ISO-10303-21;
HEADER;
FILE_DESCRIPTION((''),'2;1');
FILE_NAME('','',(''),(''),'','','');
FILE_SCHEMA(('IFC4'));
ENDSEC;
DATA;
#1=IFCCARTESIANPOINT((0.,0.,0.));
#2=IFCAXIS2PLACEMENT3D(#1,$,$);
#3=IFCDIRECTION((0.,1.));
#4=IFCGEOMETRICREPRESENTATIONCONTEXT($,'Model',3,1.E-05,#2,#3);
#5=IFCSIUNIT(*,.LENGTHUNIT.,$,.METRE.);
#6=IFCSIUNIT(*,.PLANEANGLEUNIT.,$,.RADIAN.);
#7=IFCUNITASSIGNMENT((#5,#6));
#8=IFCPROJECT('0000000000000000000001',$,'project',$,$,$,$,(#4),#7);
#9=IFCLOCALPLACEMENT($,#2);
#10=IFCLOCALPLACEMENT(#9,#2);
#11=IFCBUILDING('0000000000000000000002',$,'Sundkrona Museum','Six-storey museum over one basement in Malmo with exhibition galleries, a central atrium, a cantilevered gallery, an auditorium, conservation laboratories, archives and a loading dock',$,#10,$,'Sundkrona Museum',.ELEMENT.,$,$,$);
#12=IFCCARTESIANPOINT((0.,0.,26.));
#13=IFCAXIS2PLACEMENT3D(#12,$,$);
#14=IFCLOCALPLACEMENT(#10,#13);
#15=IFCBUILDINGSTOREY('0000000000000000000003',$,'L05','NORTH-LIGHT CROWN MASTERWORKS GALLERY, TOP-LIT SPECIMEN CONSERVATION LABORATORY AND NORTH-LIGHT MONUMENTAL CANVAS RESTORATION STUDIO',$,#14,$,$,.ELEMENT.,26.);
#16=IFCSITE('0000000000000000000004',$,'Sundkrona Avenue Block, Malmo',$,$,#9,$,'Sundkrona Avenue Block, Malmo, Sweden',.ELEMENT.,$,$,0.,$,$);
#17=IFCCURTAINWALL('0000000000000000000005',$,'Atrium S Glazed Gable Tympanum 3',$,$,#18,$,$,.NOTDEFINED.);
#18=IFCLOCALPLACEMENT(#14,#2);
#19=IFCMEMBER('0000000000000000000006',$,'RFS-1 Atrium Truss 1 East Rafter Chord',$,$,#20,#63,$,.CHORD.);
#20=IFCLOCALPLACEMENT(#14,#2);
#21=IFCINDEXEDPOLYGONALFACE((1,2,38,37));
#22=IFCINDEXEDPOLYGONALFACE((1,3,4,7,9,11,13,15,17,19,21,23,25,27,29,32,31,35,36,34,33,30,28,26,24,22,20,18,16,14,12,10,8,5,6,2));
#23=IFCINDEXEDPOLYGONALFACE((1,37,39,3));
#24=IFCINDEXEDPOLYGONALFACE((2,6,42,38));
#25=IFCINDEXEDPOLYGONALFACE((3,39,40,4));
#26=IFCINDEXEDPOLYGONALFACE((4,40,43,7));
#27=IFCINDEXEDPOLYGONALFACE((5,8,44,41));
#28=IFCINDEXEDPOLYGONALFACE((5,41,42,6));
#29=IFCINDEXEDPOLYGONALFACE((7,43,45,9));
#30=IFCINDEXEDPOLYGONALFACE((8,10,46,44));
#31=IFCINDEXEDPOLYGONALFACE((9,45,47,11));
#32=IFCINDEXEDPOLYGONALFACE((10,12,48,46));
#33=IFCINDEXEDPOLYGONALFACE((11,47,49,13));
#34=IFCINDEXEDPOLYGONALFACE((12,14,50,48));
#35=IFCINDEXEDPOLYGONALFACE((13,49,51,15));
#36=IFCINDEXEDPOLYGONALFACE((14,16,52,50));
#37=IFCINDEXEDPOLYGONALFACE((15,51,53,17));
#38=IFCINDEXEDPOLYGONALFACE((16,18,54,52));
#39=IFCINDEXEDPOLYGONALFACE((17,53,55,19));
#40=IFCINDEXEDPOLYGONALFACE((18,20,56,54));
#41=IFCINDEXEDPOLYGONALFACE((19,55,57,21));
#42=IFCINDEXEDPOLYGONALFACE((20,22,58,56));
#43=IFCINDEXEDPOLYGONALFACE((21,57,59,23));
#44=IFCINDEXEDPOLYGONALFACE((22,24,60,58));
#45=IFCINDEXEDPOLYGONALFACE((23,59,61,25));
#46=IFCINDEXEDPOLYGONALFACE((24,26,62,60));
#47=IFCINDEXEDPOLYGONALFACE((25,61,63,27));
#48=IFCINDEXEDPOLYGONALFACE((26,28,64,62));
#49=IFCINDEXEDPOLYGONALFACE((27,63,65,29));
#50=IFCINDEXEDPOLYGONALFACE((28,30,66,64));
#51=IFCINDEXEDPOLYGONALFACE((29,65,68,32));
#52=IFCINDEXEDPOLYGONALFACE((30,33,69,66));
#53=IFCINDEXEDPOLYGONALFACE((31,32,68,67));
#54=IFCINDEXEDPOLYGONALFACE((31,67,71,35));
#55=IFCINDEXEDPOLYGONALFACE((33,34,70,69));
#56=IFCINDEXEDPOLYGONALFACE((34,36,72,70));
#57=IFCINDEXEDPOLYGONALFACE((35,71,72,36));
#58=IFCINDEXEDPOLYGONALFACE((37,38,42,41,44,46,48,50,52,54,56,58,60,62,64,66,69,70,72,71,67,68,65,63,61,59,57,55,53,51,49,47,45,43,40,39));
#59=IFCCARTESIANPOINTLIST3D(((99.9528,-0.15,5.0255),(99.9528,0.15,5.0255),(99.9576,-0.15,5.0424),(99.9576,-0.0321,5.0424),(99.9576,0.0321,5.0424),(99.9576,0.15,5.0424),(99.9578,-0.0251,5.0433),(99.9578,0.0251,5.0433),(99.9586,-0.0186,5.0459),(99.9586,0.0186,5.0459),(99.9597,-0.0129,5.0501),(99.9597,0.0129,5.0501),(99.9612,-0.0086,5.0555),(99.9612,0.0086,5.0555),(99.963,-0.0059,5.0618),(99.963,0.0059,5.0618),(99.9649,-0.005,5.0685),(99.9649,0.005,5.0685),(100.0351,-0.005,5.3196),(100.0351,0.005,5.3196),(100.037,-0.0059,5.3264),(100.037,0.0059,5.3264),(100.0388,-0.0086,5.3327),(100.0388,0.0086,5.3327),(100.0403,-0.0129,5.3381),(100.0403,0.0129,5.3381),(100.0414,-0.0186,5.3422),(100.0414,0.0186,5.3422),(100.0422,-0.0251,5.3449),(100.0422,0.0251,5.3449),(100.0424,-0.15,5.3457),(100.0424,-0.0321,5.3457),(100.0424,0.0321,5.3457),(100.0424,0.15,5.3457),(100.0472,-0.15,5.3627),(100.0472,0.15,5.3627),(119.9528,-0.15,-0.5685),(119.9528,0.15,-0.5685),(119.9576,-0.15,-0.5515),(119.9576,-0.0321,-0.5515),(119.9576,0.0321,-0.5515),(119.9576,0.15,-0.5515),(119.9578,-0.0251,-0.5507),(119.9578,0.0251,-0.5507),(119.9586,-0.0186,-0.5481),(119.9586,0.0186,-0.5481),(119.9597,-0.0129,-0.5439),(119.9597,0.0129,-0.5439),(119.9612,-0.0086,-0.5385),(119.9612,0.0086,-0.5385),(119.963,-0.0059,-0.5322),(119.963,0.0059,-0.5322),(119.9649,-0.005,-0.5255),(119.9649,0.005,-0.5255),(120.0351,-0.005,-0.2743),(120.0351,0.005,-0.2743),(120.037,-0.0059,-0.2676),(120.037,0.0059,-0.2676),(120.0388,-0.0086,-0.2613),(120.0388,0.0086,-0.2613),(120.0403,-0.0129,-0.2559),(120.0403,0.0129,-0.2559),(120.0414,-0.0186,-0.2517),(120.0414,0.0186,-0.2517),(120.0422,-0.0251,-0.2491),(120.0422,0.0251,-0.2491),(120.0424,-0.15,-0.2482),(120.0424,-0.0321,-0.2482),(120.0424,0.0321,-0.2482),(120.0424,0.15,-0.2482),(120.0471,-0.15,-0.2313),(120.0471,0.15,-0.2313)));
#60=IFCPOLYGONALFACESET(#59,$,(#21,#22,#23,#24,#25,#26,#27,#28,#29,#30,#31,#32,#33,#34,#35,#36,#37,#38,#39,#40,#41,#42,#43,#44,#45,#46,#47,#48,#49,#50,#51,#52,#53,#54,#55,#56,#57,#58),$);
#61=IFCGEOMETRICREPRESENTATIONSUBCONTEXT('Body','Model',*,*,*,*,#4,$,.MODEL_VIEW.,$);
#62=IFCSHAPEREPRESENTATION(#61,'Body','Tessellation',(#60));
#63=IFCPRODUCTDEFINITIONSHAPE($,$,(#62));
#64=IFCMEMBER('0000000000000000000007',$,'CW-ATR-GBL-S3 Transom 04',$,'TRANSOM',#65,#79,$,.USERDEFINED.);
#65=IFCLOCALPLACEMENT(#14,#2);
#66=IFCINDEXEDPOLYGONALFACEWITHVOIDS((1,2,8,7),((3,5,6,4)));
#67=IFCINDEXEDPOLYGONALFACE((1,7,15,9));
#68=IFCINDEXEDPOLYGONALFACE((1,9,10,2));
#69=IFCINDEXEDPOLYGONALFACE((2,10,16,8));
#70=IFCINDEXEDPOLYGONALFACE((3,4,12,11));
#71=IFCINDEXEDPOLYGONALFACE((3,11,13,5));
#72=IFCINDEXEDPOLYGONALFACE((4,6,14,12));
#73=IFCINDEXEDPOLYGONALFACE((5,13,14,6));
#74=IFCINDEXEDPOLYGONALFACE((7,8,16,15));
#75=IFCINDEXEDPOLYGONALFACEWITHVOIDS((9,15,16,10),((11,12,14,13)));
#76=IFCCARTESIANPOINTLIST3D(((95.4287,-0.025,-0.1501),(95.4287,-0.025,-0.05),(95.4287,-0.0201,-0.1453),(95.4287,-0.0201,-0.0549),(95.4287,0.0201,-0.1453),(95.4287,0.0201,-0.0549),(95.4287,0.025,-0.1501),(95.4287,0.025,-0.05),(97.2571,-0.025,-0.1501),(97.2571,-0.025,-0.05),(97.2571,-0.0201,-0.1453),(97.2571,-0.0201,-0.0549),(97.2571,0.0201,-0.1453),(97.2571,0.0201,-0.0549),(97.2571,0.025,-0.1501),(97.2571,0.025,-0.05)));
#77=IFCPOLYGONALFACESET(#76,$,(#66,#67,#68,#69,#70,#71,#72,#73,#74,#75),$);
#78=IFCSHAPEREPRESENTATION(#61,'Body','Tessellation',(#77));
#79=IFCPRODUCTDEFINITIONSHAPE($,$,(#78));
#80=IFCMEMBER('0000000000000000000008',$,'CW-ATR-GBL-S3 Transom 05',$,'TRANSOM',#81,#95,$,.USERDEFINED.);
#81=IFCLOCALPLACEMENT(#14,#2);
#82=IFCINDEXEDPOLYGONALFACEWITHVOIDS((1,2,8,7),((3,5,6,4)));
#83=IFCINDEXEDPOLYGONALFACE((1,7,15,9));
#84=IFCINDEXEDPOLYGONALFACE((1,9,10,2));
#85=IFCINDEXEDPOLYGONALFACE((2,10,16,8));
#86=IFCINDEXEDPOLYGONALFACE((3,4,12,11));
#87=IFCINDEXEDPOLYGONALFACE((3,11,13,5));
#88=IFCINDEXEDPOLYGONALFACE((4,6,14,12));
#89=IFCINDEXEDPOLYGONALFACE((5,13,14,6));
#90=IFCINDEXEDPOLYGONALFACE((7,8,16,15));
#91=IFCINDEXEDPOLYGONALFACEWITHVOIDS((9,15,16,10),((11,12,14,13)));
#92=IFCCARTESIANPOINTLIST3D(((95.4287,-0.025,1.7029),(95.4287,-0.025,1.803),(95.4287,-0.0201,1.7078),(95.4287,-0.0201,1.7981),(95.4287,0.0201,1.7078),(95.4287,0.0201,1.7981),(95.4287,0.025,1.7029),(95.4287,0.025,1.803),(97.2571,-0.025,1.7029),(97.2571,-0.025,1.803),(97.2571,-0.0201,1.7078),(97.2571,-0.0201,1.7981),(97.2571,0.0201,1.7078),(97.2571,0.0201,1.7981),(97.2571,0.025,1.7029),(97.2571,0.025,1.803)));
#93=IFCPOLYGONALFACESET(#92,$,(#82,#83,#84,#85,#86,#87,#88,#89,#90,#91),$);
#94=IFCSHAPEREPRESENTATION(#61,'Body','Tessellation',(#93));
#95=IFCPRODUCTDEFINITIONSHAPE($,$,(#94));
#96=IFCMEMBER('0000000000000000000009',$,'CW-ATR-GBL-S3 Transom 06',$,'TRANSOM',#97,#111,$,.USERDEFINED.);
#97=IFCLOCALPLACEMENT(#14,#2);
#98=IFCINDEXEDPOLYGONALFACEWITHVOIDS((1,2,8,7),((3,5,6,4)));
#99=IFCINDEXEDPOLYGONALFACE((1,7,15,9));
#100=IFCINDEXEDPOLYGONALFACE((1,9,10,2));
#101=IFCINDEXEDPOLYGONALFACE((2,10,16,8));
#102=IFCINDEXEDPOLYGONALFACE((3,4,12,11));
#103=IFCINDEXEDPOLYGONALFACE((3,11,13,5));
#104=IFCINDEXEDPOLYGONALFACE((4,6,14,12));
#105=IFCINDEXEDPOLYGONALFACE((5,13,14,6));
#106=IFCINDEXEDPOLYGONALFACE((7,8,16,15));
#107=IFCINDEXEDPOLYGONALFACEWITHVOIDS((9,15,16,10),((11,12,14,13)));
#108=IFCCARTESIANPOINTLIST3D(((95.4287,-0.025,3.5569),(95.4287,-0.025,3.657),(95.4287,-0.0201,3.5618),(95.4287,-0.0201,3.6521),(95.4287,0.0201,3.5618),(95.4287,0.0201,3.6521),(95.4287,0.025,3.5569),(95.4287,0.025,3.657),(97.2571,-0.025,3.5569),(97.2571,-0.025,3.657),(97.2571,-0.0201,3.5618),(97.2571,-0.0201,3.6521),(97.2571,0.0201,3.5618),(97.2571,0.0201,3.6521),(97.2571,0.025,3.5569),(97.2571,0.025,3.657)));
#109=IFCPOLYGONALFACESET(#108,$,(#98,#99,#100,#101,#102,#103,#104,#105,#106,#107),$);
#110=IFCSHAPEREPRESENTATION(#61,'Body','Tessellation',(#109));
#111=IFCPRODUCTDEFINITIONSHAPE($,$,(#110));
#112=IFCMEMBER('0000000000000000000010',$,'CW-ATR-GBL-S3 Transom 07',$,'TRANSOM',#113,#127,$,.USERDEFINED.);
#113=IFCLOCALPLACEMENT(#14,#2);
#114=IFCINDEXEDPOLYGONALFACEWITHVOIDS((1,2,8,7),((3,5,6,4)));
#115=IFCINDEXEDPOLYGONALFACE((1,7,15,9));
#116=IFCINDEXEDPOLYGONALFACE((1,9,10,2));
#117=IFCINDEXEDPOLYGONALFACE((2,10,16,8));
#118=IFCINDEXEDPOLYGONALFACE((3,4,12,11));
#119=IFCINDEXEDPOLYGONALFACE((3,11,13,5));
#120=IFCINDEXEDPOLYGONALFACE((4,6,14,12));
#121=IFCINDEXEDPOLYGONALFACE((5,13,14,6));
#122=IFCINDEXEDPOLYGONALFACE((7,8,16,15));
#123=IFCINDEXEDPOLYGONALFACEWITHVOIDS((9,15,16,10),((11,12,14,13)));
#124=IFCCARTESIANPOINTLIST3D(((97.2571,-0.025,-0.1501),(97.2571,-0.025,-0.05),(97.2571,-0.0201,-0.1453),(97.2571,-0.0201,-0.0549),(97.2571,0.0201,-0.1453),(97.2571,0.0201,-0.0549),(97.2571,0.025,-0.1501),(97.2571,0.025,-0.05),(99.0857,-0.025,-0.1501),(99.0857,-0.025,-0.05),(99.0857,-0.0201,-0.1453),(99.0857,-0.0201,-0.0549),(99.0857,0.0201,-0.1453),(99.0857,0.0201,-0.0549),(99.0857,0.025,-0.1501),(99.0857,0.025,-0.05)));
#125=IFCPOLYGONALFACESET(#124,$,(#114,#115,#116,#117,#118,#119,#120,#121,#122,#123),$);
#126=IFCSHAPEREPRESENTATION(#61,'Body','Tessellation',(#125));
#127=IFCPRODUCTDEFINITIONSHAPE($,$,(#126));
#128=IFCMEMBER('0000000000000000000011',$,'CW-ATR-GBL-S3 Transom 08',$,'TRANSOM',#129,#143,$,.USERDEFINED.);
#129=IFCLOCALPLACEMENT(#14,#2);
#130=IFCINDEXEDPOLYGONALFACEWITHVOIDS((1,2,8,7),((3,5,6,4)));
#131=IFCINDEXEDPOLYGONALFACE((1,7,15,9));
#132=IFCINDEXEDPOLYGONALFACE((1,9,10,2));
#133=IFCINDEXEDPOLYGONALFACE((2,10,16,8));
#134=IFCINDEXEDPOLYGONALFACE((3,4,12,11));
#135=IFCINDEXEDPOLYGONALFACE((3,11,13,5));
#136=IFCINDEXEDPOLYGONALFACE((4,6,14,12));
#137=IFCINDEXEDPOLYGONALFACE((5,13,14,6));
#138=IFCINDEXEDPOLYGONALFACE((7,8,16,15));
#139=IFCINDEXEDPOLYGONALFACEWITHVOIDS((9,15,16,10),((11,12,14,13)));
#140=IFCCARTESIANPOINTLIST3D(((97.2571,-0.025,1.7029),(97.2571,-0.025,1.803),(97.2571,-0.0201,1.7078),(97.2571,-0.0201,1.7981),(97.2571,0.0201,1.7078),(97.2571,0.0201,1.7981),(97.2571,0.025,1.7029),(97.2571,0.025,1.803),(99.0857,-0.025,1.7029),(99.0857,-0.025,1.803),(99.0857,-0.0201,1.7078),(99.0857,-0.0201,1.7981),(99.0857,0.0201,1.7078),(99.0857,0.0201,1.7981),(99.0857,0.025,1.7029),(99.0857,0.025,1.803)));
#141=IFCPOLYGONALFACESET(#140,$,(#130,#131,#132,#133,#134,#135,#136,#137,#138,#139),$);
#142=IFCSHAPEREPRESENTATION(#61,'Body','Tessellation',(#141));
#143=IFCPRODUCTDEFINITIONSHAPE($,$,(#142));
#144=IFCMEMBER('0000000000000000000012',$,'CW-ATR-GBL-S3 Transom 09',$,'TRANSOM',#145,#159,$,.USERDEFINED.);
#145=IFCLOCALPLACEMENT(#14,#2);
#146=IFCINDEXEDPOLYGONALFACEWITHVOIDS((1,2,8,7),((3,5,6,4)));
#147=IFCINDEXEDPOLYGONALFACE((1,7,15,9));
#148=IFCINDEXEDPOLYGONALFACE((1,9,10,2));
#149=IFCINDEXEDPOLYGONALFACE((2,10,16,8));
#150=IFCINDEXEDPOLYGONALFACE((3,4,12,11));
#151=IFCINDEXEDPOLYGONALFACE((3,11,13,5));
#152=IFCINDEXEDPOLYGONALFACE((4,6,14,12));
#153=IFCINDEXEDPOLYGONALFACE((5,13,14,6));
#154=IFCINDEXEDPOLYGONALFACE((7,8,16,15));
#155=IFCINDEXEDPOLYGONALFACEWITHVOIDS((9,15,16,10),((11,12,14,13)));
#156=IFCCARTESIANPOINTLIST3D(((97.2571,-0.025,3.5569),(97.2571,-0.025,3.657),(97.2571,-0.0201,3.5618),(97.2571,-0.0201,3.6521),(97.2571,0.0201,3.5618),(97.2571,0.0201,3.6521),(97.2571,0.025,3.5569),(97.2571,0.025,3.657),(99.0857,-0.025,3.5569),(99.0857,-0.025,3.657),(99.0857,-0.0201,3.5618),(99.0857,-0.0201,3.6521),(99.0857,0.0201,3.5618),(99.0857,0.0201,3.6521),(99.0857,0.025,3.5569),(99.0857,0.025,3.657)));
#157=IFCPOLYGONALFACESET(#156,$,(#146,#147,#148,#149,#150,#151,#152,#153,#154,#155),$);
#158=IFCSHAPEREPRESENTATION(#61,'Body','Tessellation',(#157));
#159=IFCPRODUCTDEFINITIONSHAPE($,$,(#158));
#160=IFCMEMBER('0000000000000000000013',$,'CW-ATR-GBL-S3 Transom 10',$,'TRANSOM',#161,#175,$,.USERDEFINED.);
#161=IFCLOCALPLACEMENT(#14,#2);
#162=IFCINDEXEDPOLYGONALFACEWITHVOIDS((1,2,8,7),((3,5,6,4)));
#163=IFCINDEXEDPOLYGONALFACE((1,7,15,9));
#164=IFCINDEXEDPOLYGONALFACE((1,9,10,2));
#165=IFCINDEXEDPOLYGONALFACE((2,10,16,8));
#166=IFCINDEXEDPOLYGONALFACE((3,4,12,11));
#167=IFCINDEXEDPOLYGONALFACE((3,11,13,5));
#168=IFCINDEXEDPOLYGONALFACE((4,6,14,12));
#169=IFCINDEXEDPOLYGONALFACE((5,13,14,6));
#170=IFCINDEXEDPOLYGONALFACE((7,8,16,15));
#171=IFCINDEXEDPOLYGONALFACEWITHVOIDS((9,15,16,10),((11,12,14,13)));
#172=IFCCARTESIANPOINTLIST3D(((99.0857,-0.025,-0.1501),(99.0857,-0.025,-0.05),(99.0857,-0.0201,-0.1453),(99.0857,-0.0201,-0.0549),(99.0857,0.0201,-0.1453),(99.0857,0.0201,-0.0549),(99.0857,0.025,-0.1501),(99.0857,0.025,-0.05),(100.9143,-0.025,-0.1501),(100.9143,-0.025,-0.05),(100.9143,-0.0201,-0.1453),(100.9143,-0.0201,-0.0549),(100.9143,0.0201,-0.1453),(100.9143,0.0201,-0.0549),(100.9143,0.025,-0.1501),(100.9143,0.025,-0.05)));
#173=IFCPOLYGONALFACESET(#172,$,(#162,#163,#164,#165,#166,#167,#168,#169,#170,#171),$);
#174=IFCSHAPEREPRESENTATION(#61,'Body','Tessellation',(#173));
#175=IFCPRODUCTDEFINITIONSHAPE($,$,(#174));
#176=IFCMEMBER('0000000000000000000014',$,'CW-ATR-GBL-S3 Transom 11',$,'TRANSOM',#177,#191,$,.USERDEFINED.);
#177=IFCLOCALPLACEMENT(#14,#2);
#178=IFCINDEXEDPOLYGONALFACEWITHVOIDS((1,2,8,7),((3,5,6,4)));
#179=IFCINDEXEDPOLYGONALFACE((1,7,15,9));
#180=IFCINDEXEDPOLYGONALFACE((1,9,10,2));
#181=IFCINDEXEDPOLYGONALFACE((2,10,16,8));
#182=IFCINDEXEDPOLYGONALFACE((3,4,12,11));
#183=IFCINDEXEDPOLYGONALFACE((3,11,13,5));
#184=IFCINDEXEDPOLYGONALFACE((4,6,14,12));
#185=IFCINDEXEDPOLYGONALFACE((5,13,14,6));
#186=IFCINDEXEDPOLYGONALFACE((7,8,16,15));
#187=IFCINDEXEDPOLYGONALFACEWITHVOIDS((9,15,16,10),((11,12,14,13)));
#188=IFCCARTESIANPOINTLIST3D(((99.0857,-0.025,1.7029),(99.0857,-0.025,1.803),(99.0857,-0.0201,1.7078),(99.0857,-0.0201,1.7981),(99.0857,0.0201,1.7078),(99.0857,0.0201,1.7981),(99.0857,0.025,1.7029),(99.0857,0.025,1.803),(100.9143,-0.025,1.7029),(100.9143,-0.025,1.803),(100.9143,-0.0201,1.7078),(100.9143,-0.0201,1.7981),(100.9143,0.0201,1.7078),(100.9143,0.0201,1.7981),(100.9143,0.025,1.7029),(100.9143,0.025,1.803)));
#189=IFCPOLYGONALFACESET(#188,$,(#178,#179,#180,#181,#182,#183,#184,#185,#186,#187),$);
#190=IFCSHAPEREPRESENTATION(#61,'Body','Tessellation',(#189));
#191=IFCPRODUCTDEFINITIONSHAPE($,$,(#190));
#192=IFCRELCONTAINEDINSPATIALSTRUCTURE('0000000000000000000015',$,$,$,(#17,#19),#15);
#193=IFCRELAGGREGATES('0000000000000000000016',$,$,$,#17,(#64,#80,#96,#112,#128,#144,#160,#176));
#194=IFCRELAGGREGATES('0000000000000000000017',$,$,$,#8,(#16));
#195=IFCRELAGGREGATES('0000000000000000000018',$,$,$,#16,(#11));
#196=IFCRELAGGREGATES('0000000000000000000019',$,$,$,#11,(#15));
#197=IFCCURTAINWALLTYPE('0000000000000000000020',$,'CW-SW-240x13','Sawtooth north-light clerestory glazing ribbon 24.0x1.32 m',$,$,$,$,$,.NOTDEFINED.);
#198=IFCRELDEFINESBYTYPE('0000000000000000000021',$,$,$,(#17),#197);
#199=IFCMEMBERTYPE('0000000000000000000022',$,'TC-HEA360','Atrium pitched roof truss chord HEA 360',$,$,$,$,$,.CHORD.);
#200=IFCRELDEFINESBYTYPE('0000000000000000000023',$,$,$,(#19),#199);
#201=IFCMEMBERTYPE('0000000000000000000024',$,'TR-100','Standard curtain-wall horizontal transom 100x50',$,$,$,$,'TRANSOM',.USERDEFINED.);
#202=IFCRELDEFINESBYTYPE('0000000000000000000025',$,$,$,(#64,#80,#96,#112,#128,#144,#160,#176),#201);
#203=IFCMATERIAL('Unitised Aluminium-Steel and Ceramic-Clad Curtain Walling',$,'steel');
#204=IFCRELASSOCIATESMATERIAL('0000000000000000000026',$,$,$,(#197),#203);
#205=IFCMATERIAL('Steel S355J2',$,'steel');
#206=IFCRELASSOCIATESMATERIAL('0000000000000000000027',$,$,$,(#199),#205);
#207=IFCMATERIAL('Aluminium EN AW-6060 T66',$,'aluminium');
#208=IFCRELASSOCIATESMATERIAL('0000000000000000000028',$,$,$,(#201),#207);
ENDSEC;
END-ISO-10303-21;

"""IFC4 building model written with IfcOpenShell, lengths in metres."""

from ifc_helpers import new_model, si_unit, direction, frame, origin, origin_2d, place, context, subcontext, project, spatial, hollow_rectangle, i_section, extrude, material, material_profile, profile_set, type_object, element, aggregate, save


model = new_model("IFC4")

# Units and contexts
model_context = context("Model", 3, precision=1e-05, world=origin(), true_north=direction((0.0, 1.0)))
body_context = subcontext(model_context, "Body", "Model", "MODEL_VIEW")
ifc_project = project(units=[si_unit("LENGTHUNIT", "METRE"), si_unit("PLANEANGLEUNIT", "RADIAN")], contexts=[model_context])

# Site, building, storey
site_placement = place(None, origin())
site = spatial("IfcSite", under=ifc_project, at=site_placement, Name="Sundkrona Avenue Block, Malmo", LongName="Sundkrona Avenue Block, Malmo, Sweden", CompositionType="ELEMENT", RefElevation=0.0)
building_placement = place(site_placement, origin())
building = spatial("IfcBuilding", under=site, at=building_placement, Name="Sundkrona Museum", Description="Six-storey museum over one basement in Malmo with exhibition galleries, a central atrium, a cantilevered gallery, an auditorium, conservation laboratories, archives and a loading dock", LongName="Sundkrona Museum", CompositionType="ELEMENT")
storey_placement = place(building_placement, frame((0.0, 0.0, 26.0)))
storey = spatial("IfcBuildingStorey", under=building, at=storey_placement, Name="L05", Description="NORTH-LIGHT CROWN MASTERWORKS GALLERY, TOP-LIT SPECIMEN CONSERVATION LABORATORY AND NORTH-LIGHT MONUMENTAL CANVAS RESTORATION STUDIO", CompositionType="ELEMENT", Elevation=26.0)

# Curtain wall
ifc_material_1 = material(Name="Unitised Aluminium-Steel and Ceramic-Clad Curtain Walling", Category="steel")
curtain_wall_type = type_object("IfcCurtainWallType", Name="CW-SW-240x13", Description="Sawtooth north-light clerestory glazing ribbon 24.0x1.32 m", PredefinedType="NOTDEFINED", material=ifc_material_1)
curtain_wall_placement = place(storey_placement, origin())
curtain_wall = element("IfcCurtainWall", 1, at=curtain_wall_placement, inside=storey, type_object=curtain_wall_type, Name="Atrium S Glazed Gable Tympanum 3", PredefinedType="NOTDEFINED")
ifc_material_2 = material(Name="Aluminium EN AW-6060 T66", Category="aluminium")

# Member
ifc_material_3 = material(Name="Steel S355J2", Category="steel")
ifc_material_profile_1 = material_profile(ifc_material_3, i_section(OverallWidth=0.3, OverallDepth=0.3501, WebThickness=0.01, FlangeThickness=0.0176, FilletRadius=0.0271, at=origin_2d()), Name="HEA 360")
ifc_profile_set_1 = profile_set([ifc_material_profile_1], Name="Steel S355J2")
member_type_1 = type_object("IfcMemberType", Name="TC-HEA360", Description="Atrium pitched roof truss chord HEA 360", PredefinedType="CHORD", material=ifc_profile_set_1)
member_1_placement = place(storey_placement, frame((100.0, 0.0, 5.1941), z_axis=(0.963039, 0.0, -0.269362), x_axis=(0.0, 1.0, 0.0)))
element("IfcMember", 2, at=member_1_placement, inside=storey, type_object=member_type_1, Name="RFS-1 Atrium Truss 1 East Rafter Chord", PredefinedType="CHORD", context=body_context, shape_type="SweptSolid", body=[
    extrude(i_section(OverallWidth=0.3, OverallDepth=0.3501, WebThickness=0.01, FlangeThickness=0.0176, FilletRadius=0.0271, at=origin_2d()), origin(), (0.0, 0.0, 1.0), 20.7676),
])

# Members
ifc_material_profile_2 = material_profile(ifc_material_2, hollow_rectangle(XDim=0.05, YDim=0.1001, WallThickness=0.0049, at=origin_2d()), Name="RHS 100x50x5.0")
ifc_profile_set_2 = profile_set([ifc_material_profile_2], Name="Aluminium EN AW-6060 T66")
member_type_2 = type_object("IfcMemberType", Name="TR-100", Description="Standard curtain-wall horizontal transom 100x50", ElementType="TRANSOM", PredefinedType="USERDEFINED", material=ifc_profile_set_2)
member_2_placement = place(storey_placement, frame((95.4287, 0.0, -0.1001), z_axis=(1.0, 0.0, 0.0), x_axis=(0.0, 1.0, 0.0)))
member_2 = element("IfcMember", 3, at=member_2_placement, type_object=member_type_2, Name="CW-ATR-GBL-S3 Transom 04", ObjectType="TRANSOM", PredefinedType="USERDEFINED", context=body_context, shape_type="SweptSolid", body=[
    extrude(hollow_rectangle(XDim=0.05, YDim=0.1001, WallThickness=0.0049, at=origin_2d()), origin(), (0.0, 0.0, 1.0), 1.8284),
])
member_3_placement = place(storey_placement, frame((95.4287, 0.0, 1.7529), z_axis=(1.0, 0.0, 0.0), x_axis=(0.0, 1.0, 0.0)))
member_3 = element("IfcMember", 4, at=member_3_placement, type_object=member_type_2, Name="CW-ATR-GBL-S3 Transom 05", ObjectType="TRANSOM", PredefinedType="USERDEFINED", context=body_context, shape_type="SweptSolid", body=[
    extrude(hollow_rectangle(XDim=0.05, YDim=0.1001, WallThickness=0.0049, at=origin_2d()), origin(), (0.0, 0.0, 1.0), 1.8284),
])
member_4_placement = place(storey_placement, frame((95.4287, 0.0, 3.6069), z_axis=(1.0, 0.0, 0.0), x_axis=(0.0, 1.0, 0.0)))
member_4 = element("IfcMember", 5, at=member_4_placement, type_object=member_type_2, Name="CW-ATR-GBL-S3 Transom 06", ObjectType="TRANSOM", PredefinedType="USERDEFINED", context=body_context, shape_type="SweptSolid", body=[
    extrude(hollow_rectangle(XDim=0.05, YDim=0.1001, WallThickness=0.0049, at=origin_2d()), origin(), (0.0, 0.0, 1.0), 1.8284),
])
member_5_placement = place(storey_placement, frame((97.2571, 0.0, -0.1001), z_axis=(1.0, 0.0, 0.0), x_axis=(0.0, 1.0, 0.0)))
member_5 = element("IfcMember", 6, at=member_5_placement, type_object=member_type_2, Name="CW-ATR-GBL-S3 Transom 07", ObjectType="TRANSOM", PredefinedType="USERDEFINED", context=body_context, shape_type="SweptSolid", body=[
    extrude(hollow_rectangle(XDim=0.05, YDim=0.1001, WallThickness=0.0049, at=origin_2d()), origin(), (0.0, 0.0, 1.0), 1.8286),
])
member_6_placement = place(storey_placement, frame((97.2571, 0.0, 1.7529), z_axis=(1.0, 0.0, 0.0), x_axis=(0.0, 1.0, 0.0)))
member_6 = element("IfcMember", 7, at=member_6_placement, type_object=member_type_2, Name="CW-ATR-GBL-S3 Transom 08", ObjectType="TRANSOM", PredefinedType="USERDEFINED", context=body_context, shape_type="SweptSolid", body=[
    extrude(hollow_rectangle(XDim=0.05, YDim=0.1001, WallThickness=0.0049, at=origin_2d()), origin(), (0.0, 0.0, 1.0), 1.8286),
])
member_7_placement = place(storey_placement, frame((97.2571, 0.0, 3.6069), z_axis=(1.0, 0.0, 0.0), x_axis=(0.0, 1.0, 0.0)))
member_7 = element("IfcMember", 8, at=member_7_placement, type_object=member_type_2, Name="CW-ATR-GBL-S3 Transom 09", ObjectType="TRANSOM", PredefinedType="USERDEFINED", context=body_context, shape_type="SweptSolid", body=[
    extrude(hollow_rectangle(XDim=0.05, YDim=0.1001, WallThickness=0.0049, at=origin_2d()), origin(), (0.0, 0.0, 1.0), 1.8286),
])
member_8_placement = place(storey_placement, frame((99.0857, 0.0, -0.1001), z_axis=(1.0, 0.0, 0.0), x_axis=(0.0, 1.0, 0.0)))
member_8 = element("IfcMember", 9, at=member_8_placement, type_object=member_type_2, Name="CW-ATR-GBL-S3 Transom 10", ObjectType="TRANSOM", PredefinedType="USERDEFINED", context=body_context, shape_type="SweptSolid", body=[
    extrude(hollow_rectangle(XDim=0.05, YDim=0.1001, WallThickness=0.0049, at=origin_2d()), origin(), (0.0, 0.0, 1.0), 1.8286),
])
member_9_placement = place(storey_placement, frame((99.0857, 0.0, 1.7529), z_axis=(1.0, 0.0, 0.0), x_axis=(0.0, 1.0, 0.0)))
member_9 = element("IfcMember", 10, at=member_9_placement, type_object=member_type_2, Name="CW-ATR-GBL-S3 Transom 11", ObjectType="TRANSOM", PredefinedType="USERDEFINED", context=body_context, shape_type="SweptSolid", body=[
    extrude(hollow_rectangle(XDim=0.05, YDim=0.1001, WallThickness=0.0049, at=origin_2d()), origin(), (0.0, 0.0, 1.0), 1.8286),
])

aggregate(curtain_wall, [member_2, member_3, member_4, member_5, member_6, member_7, member_8, member_9])

save(model, "model.ifc")
